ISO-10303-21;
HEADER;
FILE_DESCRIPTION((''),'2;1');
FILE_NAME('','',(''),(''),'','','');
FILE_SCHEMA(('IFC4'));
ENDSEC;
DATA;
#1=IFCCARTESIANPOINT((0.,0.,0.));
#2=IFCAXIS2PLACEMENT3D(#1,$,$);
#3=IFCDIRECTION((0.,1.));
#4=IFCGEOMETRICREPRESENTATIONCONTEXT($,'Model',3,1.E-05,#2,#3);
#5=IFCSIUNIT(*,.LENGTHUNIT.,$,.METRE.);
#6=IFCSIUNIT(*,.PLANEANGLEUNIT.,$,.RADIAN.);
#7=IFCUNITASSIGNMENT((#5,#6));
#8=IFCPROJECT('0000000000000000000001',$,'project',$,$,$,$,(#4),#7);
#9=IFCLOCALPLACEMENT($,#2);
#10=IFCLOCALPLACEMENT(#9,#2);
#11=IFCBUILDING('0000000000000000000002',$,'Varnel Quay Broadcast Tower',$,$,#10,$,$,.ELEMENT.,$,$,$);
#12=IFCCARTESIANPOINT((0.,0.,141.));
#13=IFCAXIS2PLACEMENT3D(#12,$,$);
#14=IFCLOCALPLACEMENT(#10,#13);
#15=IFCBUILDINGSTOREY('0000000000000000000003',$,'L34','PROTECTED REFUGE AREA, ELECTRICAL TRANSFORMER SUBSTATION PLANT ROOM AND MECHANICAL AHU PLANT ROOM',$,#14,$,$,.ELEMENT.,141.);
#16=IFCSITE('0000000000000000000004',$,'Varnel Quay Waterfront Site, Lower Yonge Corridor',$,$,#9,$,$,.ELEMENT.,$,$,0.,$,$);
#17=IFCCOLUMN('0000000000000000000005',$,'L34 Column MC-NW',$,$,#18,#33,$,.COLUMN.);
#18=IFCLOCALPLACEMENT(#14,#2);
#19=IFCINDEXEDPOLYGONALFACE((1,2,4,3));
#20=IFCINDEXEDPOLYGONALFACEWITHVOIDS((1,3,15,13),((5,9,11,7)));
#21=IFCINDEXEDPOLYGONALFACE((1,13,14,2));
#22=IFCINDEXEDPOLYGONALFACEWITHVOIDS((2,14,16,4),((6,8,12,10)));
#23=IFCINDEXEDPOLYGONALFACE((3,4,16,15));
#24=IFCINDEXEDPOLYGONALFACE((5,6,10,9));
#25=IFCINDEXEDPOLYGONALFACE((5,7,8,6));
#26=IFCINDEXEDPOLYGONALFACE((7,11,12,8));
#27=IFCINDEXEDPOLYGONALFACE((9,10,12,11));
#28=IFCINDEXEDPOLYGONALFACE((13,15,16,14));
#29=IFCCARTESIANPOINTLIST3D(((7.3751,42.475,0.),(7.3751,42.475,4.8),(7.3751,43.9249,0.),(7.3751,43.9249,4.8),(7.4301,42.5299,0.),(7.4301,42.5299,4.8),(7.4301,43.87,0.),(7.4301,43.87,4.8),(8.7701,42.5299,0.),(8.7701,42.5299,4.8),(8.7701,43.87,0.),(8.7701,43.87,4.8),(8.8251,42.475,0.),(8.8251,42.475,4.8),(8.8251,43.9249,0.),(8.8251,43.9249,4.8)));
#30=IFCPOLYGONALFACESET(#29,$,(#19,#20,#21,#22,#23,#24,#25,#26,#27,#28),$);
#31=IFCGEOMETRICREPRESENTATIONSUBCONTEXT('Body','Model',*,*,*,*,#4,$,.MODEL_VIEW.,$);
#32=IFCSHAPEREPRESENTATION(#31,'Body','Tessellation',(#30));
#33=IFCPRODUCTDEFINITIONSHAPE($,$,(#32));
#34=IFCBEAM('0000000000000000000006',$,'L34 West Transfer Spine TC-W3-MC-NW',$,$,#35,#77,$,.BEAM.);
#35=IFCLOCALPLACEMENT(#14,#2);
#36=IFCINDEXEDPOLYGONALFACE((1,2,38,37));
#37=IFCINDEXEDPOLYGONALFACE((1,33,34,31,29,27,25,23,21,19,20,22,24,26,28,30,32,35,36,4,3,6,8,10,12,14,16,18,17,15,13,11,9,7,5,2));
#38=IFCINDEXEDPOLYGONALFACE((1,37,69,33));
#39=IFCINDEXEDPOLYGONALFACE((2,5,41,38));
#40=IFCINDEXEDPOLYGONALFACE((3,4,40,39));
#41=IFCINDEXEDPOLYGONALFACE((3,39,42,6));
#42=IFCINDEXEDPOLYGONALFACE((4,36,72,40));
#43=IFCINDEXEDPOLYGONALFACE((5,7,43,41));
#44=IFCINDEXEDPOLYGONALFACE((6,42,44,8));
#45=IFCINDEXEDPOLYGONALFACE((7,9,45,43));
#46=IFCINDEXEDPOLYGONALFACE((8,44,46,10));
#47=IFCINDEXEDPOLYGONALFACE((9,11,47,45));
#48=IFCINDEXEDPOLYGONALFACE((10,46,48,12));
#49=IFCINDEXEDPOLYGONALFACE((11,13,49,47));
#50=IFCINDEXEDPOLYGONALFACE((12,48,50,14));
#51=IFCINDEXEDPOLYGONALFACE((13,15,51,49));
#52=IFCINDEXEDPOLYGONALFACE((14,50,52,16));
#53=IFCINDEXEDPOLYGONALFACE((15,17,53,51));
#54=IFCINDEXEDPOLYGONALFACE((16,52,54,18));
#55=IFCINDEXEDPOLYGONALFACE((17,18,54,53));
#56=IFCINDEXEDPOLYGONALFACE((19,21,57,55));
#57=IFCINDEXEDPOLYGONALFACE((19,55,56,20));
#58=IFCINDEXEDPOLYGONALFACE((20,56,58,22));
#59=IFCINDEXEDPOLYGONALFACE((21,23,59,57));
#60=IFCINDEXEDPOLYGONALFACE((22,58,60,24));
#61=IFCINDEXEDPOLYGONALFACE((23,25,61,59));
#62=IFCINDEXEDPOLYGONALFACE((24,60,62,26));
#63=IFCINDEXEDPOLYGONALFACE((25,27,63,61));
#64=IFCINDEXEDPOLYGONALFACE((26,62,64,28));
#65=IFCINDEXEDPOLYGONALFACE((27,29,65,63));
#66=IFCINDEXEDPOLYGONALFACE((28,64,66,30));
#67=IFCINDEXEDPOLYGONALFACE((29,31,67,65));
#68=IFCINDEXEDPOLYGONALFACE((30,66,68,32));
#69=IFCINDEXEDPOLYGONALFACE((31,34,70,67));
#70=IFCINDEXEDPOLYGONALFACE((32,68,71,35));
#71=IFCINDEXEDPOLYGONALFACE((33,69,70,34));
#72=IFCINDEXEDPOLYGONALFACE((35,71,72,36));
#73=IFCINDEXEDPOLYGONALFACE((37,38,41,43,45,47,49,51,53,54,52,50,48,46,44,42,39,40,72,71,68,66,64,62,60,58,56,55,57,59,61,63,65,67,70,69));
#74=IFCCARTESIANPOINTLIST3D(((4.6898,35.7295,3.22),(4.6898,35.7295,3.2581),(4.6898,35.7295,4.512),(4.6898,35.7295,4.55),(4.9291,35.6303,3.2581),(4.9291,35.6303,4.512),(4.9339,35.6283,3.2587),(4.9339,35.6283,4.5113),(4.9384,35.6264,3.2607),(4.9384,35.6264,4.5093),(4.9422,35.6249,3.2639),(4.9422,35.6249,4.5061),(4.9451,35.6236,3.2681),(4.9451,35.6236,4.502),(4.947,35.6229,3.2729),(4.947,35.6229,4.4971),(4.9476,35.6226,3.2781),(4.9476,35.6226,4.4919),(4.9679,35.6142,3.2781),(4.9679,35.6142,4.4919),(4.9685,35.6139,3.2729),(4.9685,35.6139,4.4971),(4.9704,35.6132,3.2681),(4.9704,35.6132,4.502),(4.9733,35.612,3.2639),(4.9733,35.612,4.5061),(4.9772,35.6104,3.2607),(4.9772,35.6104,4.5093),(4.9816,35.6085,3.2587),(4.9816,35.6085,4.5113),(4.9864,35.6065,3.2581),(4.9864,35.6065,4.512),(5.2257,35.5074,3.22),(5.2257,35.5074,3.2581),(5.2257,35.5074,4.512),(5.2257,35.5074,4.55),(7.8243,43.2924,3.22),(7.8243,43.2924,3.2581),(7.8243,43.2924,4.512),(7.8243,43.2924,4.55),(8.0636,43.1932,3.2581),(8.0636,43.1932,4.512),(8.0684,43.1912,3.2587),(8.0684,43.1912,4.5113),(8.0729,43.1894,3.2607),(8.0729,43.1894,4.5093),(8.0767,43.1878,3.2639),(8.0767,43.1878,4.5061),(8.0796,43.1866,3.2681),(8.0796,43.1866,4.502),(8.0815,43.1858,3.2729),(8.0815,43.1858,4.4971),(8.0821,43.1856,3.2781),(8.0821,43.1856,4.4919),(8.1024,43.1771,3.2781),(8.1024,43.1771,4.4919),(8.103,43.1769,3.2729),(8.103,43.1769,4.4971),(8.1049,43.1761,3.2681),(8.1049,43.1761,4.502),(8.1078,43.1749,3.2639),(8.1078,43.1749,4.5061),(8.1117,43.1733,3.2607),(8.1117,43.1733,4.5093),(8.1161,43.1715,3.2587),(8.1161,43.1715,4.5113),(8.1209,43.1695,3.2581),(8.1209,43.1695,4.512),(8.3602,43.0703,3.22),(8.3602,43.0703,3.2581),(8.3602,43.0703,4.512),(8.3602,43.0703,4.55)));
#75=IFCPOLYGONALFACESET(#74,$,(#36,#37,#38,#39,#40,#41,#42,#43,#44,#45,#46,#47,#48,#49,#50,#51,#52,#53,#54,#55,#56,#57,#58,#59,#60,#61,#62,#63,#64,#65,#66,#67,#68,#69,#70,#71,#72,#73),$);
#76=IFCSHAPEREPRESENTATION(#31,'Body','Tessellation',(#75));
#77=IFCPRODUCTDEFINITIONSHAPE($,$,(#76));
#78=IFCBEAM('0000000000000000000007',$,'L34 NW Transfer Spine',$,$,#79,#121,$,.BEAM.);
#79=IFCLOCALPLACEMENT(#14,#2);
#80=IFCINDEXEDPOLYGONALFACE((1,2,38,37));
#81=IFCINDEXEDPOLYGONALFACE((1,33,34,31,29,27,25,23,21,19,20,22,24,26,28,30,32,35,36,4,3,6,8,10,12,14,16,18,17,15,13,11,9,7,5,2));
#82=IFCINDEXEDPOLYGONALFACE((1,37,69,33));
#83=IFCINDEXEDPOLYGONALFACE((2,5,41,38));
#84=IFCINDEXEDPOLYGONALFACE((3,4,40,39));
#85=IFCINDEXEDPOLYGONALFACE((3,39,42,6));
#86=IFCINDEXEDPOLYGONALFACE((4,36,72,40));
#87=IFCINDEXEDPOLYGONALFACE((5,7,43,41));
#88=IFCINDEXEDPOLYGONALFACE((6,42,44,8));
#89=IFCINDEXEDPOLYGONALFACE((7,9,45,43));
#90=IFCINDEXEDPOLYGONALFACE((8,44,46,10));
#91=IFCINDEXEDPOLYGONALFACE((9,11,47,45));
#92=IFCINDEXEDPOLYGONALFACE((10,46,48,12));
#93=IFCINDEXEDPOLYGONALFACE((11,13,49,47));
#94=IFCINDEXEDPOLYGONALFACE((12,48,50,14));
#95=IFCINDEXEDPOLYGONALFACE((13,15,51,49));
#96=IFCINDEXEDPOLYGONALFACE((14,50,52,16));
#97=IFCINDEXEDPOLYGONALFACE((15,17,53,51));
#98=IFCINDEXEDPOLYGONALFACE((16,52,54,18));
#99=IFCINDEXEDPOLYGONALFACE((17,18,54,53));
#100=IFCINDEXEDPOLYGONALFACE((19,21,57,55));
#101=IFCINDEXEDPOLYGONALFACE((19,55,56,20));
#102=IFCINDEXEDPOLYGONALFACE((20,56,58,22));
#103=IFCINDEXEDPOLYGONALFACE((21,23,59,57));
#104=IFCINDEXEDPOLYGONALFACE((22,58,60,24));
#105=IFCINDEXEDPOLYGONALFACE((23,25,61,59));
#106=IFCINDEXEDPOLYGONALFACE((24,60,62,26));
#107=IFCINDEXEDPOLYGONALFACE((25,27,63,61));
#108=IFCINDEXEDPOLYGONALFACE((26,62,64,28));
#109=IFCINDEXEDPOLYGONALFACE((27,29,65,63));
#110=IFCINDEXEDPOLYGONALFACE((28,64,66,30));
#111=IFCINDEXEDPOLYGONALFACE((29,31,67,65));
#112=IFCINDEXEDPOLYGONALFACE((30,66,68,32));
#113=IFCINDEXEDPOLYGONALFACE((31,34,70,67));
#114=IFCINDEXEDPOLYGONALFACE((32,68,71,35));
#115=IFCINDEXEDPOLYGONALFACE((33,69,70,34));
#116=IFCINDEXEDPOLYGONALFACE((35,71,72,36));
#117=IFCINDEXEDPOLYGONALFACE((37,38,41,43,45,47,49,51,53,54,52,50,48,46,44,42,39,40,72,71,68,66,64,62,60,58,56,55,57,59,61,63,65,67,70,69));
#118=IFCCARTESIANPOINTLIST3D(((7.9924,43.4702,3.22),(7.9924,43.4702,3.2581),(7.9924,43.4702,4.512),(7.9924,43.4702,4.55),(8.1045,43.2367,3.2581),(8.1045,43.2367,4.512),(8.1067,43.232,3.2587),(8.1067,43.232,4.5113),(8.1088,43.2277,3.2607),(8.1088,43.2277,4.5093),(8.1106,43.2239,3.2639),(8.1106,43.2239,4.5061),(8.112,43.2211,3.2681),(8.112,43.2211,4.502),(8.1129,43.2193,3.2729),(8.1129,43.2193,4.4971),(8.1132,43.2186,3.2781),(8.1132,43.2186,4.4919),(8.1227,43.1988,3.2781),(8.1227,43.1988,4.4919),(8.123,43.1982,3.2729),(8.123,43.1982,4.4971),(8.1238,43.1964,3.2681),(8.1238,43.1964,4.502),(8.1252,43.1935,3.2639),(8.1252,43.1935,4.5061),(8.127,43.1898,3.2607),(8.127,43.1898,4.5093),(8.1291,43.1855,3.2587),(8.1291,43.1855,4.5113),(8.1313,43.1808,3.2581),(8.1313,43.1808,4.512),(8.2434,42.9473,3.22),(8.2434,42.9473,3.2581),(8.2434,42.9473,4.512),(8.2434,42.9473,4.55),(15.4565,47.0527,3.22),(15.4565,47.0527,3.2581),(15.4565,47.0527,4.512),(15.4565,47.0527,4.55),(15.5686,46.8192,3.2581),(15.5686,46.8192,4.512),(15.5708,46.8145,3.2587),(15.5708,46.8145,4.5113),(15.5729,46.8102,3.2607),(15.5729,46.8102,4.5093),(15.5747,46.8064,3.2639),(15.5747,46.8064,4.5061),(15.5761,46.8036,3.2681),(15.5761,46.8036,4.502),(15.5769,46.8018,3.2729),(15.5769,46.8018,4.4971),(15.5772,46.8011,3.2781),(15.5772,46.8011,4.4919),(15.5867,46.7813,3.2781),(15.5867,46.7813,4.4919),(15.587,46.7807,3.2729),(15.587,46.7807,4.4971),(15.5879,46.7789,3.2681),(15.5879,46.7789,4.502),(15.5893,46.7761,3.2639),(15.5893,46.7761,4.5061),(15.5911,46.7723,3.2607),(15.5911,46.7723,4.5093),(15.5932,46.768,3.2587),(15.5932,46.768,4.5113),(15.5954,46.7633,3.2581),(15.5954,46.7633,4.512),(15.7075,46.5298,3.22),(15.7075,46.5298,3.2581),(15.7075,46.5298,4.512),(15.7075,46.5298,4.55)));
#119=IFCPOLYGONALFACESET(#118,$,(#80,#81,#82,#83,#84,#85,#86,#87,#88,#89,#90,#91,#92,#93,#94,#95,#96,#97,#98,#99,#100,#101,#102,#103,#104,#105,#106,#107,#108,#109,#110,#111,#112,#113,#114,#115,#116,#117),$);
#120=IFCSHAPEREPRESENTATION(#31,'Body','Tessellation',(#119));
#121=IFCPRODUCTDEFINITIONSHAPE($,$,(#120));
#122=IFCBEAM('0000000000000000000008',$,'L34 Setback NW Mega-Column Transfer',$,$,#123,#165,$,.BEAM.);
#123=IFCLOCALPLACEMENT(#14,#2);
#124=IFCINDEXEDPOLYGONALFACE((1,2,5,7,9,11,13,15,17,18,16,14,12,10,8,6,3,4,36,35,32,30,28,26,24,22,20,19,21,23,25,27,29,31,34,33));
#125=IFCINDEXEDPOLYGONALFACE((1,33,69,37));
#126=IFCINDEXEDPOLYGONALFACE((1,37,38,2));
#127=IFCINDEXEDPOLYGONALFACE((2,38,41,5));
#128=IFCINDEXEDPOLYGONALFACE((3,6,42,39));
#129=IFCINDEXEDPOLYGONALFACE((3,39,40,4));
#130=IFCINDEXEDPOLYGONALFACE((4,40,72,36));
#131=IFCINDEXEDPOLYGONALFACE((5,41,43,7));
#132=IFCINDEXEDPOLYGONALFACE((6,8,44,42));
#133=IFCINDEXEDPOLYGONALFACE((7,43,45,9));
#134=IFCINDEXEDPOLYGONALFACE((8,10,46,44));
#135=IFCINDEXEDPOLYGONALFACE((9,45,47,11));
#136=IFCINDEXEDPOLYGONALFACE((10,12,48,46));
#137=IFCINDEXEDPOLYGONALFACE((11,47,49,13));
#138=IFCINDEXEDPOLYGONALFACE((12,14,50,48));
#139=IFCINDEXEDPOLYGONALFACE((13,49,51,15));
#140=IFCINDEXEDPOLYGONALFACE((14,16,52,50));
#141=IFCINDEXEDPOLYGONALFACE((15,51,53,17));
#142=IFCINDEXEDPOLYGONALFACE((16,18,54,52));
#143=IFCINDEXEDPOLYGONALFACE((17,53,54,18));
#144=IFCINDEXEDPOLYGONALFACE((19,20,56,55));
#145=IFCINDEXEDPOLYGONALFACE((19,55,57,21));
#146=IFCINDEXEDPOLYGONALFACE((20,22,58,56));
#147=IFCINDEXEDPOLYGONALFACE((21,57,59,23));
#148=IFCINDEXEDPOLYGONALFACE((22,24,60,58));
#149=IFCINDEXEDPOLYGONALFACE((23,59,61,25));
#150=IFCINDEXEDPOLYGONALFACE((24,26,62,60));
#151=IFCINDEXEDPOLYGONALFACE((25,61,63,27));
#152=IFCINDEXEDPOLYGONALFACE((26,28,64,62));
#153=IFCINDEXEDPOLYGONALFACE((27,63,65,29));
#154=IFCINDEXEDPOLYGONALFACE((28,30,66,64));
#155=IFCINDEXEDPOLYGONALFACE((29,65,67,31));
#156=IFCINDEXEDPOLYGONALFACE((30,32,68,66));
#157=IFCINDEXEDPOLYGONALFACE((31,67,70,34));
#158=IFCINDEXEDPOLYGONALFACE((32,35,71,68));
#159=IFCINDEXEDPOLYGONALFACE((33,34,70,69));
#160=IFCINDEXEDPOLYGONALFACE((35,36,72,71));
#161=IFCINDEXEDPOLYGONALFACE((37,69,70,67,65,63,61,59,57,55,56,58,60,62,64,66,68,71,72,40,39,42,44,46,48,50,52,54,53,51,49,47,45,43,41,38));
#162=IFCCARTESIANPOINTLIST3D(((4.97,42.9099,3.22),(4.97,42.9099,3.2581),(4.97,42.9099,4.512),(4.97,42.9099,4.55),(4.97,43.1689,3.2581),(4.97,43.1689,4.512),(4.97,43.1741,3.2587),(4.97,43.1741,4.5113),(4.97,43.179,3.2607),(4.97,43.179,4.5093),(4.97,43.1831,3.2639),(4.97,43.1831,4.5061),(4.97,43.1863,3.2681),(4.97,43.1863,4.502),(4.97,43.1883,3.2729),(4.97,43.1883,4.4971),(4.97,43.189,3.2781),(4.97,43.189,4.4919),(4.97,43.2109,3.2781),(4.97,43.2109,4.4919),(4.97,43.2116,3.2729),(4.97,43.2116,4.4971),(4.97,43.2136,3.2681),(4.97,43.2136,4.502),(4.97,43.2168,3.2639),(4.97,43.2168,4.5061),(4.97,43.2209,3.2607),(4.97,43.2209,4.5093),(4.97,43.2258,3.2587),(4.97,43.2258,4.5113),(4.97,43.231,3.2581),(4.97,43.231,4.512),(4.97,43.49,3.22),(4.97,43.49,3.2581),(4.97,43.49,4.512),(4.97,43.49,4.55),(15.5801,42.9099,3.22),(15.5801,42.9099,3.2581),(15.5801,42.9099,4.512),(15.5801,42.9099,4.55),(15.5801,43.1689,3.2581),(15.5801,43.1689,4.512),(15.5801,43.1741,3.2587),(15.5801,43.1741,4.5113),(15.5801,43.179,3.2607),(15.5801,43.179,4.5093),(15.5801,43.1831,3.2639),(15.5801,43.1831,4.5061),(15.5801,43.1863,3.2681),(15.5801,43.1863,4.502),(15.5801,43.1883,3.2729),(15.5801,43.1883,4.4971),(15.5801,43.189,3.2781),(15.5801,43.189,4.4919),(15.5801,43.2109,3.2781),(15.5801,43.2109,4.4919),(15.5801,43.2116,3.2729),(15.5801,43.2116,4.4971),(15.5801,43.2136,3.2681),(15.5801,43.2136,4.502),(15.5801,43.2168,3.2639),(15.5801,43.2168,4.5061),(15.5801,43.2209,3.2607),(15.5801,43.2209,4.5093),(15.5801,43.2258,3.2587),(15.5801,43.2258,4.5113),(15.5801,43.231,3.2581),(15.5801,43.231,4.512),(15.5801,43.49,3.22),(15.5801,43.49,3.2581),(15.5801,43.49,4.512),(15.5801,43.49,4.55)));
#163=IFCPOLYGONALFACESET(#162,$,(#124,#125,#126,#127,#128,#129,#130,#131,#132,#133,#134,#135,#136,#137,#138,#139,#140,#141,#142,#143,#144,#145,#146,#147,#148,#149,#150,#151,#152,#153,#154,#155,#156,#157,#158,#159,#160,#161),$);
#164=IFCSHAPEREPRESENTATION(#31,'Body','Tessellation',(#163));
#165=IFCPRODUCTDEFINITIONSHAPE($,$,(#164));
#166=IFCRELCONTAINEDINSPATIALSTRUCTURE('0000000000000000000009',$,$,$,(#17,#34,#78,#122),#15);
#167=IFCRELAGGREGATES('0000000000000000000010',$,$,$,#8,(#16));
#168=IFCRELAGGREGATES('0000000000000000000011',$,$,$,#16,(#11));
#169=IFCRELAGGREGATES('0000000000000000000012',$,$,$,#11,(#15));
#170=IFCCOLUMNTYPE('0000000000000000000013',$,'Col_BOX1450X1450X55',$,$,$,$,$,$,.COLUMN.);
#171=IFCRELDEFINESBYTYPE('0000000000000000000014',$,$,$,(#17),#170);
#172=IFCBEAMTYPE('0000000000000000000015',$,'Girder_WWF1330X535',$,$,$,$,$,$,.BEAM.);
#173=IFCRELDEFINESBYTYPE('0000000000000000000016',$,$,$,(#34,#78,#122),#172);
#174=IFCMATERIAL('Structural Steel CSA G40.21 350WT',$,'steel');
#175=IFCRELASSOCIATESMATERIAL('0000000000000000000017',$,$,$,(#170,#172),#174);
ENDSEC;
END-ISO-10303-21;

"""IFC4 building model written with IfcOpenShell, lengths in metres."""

from ifc_helpers import new_model, si_unit, direction, frame, origin, origin_2d, place, context, subcontext, project, spatial, hollow_rectangle, i_section, extrude, source, transform, mapped, material, material_profile, profile_set, type_object, type_shapes, element, save


model = new_model("IFC4")

# Units and contexts
model_context = context("Model", 3, precision=1e-05, world=origin(), true_north=direction((0.0, 1.0)))
body_context = subcontext(model_context, "Body", "Model", "MODEL_VIEW")
ifc_project = project(units=[si_unit("LENGTHUNIT", "METRE"), si_unit("PLANEANGLEUNIT", "RADIAN")], contexts=[model_context])

# Site, building, storey
site_placement = place(None, origin())
site = spatial("IfcSite", under=ifc_project, at=site_placement, Name="Varnel Quay Waterfront Site, Lower Yonge Corridor", CompositionType="ELEMENT", RefElevation=0.0)
building_placement = place(site_placement, origin())
building = spatial("IfcBuilding", under=site, at=building_placement, Name="Varnel Quay Broadcast Tower", CompositionType="ELEMENT")
storey_placement = place(building_placement, frame((0.0, 0.0, 141.0)))
storey = spatial("IfcBuildingStorey", under=building, at=storey_placement, Name="L34", Description="PROTECTED REFUGE AREA, ELECTRICAL TRANSFORMER SUBSTATION PLANT ROOM AND MECHANICAL AHU PLANT ROOM", CompositionType="ELEMENT", Elevation=141.0)

# Column
ifc_material_1 = material(Name="Structural Steel CSA G40.21 350WT", Category="steel")
ifc_material_profile_1 = material_profile(ifc_material_1, hollow_rectangle(XDim=1.45, YDim=1.45, WallThickness=0.0549, at=origin_2d()), Name="BOX1450X1450X55")
ifc_profile_set_1 = profile_set([ifc_material_profile_1], Name="Structural Steel CSA G40.21 350WT")
column_type = type_object("IfcColumnType", Name="Col_BOX1450X1450X55", PredefinedType="COLUMN", material=ifc_profile_set_1)
shared_shape_1 = source(origin(), body_context, "Body", "SweptSolid", [
    extrude(hollow_rectangle(XDim=1.45, YDim=1.45, WallThickness=0.0549, at=origin_2d()), origin(), (0.0, 0.0, 1.0), 4.8),
])
type_shapes(column_type, [shared_shape_1])
column_placement = place(storey_placement, frame((8.1001, 43.2, 0.0), z_axis=(0.0, 0.0, 1.0), x_axis=(1.0, 0.0, 0.0)))
element("IfcColumn", 1, at=column_placement, inside=storey, type_object=column_type, Name="L34 Column MC-NW", PredefinedType="COLUMN", context=body_context, shape_type="MappedRepresentation", body=[
    mapped(shared_shape_1, transform((0.0, 0.0, 0.0), x_axis=(1.0, 0.0, 0.0), y_axis=(0.0, 1.0, 0.0), z_axis=(0.0, 0.0, 1.0), scale=1.0)),
])

# Beams
ifc_material_profile_2 = material_profile(ifc_material_1, i_section(OverallWidth=0.5801, OverallDepth=1.3301, WebThickness=0.022, FlangeThickness=0.0381, FilletRadius=0.02, at=origin_2d()), Name="WWF1330X535")
ifc_profile_set_2 = profile_set([ifc_material_profile_2], Name="Structural Steel CSA G40.21 350WT")
beam_type = type_object("IfcBeamType", Name="Girder_WWF1330X535", PredefinedType="BEAM", material=ifc_profile_set_2)
shared_shape_2 = source(origin(), body_context, "Body", "SweptSolid", [
    extrude(i_section(OverallWidth=0.5801, OverallDepth=1.3301, WebThickness=0.022, FlangeThickness=0.0381, FilletRadius=0.02, at=origin_2d()), origin(), (0.0, 0.0, 1.0), 8.1868),
])
beam_1_placement = place(storey_placement, frame((4.9578, 35.6184, 3.885), z_axis=(0.382874, 0.923801, 0.0), x_axis=(-0.923801, 0.382874, 0.0)))
element("IfcBeam", 2, at=beam_1_placement, inside=storey, type_object=beam_type, Name="L34 West Transfer Spine TC-W3-MC-NW", PredefinedType="BEAM", context=body_context, shape_type="MappedRepresentation", body=[
    mapped(shared_shape_2, transform((0.0, 0.0, 0.0), x_axis=(1.0, 0.0, 0.0), y_axis=(0.0, 1.0, 0.0), z_axis=(0.0, 0.0, 1.0), scale=1.0)),
])
shared_shape_3 = source(origin(), body_context, "Body", "SweptSolid", [
    extrude(i_section(OverallWidth=0.5801, OverallDepth=1.3301, WebThickness=0.022, FlangeThickness=0.0381, FilletRadius=0.02, at=origin_2d()), origin(), (0.0, 0.0, 1.0), 8.2793),
])
beam_2_placement = place(storey_placement, frame((8.1179, 43.2087, 3.885), z_axis=(0.901535, 0.432706, 0.0), x_axis=(-0.432706, 0.901535, 0.0)))
element("IfcBeam", 3, at=beam_2_placement, inside=storey, type_object=beam_type, Name="L34 NW Transfer Spine", PredefinedType="BEAM", context=body_context, shape_type="MappedRepresentation", body=[
    mapped(shared_shape_3, transform((0.0, 0.0, 0.0), x_axis=(1.0, 0.0, 0.0), y_axis=(0.0, 1.0, 0.0), z_axis=(0.0, 0.0, 1.0), scale=1.0)),
])
shared_shape_4 = source(origin(), body_context, "Body", "SweptSolid", [
    extrude(i_section(OverallWidth=0.5801, OverallDepth=1.3301, WebThickness=0.022, FlangeThickness=0.0381, FilletRadius=0.02, at=origin_2d()), origin(), (0.0, 0.0, 1.0), 10.6101),
])
beam_3_placement = place(storey_placement, frame((4.97, 43.2, 3.885), z_axis=(1.0, 0.0, 0.0), x_axis=(0.0, 1.0, 0.0)))
element("IfcBeam", 4, at=beam_3_placement, inside=storey, type_object=beam_type, Name="L34 Setback NW Mega-Column Transfer", PredefinedType="BEAM", context=body_context, shape_type="MappedRepresentation", body=[
    mapped(shared_shape_4, transform((0.0, 0.0, 0.0), x_axis=(1.0, 0.0, 0.0), y_axis=(0.0, 1.0, 0.0), z_axis=(0.0, 0.0, 1.0), scale=1.0)),
])

save(model, "model.ifc")
